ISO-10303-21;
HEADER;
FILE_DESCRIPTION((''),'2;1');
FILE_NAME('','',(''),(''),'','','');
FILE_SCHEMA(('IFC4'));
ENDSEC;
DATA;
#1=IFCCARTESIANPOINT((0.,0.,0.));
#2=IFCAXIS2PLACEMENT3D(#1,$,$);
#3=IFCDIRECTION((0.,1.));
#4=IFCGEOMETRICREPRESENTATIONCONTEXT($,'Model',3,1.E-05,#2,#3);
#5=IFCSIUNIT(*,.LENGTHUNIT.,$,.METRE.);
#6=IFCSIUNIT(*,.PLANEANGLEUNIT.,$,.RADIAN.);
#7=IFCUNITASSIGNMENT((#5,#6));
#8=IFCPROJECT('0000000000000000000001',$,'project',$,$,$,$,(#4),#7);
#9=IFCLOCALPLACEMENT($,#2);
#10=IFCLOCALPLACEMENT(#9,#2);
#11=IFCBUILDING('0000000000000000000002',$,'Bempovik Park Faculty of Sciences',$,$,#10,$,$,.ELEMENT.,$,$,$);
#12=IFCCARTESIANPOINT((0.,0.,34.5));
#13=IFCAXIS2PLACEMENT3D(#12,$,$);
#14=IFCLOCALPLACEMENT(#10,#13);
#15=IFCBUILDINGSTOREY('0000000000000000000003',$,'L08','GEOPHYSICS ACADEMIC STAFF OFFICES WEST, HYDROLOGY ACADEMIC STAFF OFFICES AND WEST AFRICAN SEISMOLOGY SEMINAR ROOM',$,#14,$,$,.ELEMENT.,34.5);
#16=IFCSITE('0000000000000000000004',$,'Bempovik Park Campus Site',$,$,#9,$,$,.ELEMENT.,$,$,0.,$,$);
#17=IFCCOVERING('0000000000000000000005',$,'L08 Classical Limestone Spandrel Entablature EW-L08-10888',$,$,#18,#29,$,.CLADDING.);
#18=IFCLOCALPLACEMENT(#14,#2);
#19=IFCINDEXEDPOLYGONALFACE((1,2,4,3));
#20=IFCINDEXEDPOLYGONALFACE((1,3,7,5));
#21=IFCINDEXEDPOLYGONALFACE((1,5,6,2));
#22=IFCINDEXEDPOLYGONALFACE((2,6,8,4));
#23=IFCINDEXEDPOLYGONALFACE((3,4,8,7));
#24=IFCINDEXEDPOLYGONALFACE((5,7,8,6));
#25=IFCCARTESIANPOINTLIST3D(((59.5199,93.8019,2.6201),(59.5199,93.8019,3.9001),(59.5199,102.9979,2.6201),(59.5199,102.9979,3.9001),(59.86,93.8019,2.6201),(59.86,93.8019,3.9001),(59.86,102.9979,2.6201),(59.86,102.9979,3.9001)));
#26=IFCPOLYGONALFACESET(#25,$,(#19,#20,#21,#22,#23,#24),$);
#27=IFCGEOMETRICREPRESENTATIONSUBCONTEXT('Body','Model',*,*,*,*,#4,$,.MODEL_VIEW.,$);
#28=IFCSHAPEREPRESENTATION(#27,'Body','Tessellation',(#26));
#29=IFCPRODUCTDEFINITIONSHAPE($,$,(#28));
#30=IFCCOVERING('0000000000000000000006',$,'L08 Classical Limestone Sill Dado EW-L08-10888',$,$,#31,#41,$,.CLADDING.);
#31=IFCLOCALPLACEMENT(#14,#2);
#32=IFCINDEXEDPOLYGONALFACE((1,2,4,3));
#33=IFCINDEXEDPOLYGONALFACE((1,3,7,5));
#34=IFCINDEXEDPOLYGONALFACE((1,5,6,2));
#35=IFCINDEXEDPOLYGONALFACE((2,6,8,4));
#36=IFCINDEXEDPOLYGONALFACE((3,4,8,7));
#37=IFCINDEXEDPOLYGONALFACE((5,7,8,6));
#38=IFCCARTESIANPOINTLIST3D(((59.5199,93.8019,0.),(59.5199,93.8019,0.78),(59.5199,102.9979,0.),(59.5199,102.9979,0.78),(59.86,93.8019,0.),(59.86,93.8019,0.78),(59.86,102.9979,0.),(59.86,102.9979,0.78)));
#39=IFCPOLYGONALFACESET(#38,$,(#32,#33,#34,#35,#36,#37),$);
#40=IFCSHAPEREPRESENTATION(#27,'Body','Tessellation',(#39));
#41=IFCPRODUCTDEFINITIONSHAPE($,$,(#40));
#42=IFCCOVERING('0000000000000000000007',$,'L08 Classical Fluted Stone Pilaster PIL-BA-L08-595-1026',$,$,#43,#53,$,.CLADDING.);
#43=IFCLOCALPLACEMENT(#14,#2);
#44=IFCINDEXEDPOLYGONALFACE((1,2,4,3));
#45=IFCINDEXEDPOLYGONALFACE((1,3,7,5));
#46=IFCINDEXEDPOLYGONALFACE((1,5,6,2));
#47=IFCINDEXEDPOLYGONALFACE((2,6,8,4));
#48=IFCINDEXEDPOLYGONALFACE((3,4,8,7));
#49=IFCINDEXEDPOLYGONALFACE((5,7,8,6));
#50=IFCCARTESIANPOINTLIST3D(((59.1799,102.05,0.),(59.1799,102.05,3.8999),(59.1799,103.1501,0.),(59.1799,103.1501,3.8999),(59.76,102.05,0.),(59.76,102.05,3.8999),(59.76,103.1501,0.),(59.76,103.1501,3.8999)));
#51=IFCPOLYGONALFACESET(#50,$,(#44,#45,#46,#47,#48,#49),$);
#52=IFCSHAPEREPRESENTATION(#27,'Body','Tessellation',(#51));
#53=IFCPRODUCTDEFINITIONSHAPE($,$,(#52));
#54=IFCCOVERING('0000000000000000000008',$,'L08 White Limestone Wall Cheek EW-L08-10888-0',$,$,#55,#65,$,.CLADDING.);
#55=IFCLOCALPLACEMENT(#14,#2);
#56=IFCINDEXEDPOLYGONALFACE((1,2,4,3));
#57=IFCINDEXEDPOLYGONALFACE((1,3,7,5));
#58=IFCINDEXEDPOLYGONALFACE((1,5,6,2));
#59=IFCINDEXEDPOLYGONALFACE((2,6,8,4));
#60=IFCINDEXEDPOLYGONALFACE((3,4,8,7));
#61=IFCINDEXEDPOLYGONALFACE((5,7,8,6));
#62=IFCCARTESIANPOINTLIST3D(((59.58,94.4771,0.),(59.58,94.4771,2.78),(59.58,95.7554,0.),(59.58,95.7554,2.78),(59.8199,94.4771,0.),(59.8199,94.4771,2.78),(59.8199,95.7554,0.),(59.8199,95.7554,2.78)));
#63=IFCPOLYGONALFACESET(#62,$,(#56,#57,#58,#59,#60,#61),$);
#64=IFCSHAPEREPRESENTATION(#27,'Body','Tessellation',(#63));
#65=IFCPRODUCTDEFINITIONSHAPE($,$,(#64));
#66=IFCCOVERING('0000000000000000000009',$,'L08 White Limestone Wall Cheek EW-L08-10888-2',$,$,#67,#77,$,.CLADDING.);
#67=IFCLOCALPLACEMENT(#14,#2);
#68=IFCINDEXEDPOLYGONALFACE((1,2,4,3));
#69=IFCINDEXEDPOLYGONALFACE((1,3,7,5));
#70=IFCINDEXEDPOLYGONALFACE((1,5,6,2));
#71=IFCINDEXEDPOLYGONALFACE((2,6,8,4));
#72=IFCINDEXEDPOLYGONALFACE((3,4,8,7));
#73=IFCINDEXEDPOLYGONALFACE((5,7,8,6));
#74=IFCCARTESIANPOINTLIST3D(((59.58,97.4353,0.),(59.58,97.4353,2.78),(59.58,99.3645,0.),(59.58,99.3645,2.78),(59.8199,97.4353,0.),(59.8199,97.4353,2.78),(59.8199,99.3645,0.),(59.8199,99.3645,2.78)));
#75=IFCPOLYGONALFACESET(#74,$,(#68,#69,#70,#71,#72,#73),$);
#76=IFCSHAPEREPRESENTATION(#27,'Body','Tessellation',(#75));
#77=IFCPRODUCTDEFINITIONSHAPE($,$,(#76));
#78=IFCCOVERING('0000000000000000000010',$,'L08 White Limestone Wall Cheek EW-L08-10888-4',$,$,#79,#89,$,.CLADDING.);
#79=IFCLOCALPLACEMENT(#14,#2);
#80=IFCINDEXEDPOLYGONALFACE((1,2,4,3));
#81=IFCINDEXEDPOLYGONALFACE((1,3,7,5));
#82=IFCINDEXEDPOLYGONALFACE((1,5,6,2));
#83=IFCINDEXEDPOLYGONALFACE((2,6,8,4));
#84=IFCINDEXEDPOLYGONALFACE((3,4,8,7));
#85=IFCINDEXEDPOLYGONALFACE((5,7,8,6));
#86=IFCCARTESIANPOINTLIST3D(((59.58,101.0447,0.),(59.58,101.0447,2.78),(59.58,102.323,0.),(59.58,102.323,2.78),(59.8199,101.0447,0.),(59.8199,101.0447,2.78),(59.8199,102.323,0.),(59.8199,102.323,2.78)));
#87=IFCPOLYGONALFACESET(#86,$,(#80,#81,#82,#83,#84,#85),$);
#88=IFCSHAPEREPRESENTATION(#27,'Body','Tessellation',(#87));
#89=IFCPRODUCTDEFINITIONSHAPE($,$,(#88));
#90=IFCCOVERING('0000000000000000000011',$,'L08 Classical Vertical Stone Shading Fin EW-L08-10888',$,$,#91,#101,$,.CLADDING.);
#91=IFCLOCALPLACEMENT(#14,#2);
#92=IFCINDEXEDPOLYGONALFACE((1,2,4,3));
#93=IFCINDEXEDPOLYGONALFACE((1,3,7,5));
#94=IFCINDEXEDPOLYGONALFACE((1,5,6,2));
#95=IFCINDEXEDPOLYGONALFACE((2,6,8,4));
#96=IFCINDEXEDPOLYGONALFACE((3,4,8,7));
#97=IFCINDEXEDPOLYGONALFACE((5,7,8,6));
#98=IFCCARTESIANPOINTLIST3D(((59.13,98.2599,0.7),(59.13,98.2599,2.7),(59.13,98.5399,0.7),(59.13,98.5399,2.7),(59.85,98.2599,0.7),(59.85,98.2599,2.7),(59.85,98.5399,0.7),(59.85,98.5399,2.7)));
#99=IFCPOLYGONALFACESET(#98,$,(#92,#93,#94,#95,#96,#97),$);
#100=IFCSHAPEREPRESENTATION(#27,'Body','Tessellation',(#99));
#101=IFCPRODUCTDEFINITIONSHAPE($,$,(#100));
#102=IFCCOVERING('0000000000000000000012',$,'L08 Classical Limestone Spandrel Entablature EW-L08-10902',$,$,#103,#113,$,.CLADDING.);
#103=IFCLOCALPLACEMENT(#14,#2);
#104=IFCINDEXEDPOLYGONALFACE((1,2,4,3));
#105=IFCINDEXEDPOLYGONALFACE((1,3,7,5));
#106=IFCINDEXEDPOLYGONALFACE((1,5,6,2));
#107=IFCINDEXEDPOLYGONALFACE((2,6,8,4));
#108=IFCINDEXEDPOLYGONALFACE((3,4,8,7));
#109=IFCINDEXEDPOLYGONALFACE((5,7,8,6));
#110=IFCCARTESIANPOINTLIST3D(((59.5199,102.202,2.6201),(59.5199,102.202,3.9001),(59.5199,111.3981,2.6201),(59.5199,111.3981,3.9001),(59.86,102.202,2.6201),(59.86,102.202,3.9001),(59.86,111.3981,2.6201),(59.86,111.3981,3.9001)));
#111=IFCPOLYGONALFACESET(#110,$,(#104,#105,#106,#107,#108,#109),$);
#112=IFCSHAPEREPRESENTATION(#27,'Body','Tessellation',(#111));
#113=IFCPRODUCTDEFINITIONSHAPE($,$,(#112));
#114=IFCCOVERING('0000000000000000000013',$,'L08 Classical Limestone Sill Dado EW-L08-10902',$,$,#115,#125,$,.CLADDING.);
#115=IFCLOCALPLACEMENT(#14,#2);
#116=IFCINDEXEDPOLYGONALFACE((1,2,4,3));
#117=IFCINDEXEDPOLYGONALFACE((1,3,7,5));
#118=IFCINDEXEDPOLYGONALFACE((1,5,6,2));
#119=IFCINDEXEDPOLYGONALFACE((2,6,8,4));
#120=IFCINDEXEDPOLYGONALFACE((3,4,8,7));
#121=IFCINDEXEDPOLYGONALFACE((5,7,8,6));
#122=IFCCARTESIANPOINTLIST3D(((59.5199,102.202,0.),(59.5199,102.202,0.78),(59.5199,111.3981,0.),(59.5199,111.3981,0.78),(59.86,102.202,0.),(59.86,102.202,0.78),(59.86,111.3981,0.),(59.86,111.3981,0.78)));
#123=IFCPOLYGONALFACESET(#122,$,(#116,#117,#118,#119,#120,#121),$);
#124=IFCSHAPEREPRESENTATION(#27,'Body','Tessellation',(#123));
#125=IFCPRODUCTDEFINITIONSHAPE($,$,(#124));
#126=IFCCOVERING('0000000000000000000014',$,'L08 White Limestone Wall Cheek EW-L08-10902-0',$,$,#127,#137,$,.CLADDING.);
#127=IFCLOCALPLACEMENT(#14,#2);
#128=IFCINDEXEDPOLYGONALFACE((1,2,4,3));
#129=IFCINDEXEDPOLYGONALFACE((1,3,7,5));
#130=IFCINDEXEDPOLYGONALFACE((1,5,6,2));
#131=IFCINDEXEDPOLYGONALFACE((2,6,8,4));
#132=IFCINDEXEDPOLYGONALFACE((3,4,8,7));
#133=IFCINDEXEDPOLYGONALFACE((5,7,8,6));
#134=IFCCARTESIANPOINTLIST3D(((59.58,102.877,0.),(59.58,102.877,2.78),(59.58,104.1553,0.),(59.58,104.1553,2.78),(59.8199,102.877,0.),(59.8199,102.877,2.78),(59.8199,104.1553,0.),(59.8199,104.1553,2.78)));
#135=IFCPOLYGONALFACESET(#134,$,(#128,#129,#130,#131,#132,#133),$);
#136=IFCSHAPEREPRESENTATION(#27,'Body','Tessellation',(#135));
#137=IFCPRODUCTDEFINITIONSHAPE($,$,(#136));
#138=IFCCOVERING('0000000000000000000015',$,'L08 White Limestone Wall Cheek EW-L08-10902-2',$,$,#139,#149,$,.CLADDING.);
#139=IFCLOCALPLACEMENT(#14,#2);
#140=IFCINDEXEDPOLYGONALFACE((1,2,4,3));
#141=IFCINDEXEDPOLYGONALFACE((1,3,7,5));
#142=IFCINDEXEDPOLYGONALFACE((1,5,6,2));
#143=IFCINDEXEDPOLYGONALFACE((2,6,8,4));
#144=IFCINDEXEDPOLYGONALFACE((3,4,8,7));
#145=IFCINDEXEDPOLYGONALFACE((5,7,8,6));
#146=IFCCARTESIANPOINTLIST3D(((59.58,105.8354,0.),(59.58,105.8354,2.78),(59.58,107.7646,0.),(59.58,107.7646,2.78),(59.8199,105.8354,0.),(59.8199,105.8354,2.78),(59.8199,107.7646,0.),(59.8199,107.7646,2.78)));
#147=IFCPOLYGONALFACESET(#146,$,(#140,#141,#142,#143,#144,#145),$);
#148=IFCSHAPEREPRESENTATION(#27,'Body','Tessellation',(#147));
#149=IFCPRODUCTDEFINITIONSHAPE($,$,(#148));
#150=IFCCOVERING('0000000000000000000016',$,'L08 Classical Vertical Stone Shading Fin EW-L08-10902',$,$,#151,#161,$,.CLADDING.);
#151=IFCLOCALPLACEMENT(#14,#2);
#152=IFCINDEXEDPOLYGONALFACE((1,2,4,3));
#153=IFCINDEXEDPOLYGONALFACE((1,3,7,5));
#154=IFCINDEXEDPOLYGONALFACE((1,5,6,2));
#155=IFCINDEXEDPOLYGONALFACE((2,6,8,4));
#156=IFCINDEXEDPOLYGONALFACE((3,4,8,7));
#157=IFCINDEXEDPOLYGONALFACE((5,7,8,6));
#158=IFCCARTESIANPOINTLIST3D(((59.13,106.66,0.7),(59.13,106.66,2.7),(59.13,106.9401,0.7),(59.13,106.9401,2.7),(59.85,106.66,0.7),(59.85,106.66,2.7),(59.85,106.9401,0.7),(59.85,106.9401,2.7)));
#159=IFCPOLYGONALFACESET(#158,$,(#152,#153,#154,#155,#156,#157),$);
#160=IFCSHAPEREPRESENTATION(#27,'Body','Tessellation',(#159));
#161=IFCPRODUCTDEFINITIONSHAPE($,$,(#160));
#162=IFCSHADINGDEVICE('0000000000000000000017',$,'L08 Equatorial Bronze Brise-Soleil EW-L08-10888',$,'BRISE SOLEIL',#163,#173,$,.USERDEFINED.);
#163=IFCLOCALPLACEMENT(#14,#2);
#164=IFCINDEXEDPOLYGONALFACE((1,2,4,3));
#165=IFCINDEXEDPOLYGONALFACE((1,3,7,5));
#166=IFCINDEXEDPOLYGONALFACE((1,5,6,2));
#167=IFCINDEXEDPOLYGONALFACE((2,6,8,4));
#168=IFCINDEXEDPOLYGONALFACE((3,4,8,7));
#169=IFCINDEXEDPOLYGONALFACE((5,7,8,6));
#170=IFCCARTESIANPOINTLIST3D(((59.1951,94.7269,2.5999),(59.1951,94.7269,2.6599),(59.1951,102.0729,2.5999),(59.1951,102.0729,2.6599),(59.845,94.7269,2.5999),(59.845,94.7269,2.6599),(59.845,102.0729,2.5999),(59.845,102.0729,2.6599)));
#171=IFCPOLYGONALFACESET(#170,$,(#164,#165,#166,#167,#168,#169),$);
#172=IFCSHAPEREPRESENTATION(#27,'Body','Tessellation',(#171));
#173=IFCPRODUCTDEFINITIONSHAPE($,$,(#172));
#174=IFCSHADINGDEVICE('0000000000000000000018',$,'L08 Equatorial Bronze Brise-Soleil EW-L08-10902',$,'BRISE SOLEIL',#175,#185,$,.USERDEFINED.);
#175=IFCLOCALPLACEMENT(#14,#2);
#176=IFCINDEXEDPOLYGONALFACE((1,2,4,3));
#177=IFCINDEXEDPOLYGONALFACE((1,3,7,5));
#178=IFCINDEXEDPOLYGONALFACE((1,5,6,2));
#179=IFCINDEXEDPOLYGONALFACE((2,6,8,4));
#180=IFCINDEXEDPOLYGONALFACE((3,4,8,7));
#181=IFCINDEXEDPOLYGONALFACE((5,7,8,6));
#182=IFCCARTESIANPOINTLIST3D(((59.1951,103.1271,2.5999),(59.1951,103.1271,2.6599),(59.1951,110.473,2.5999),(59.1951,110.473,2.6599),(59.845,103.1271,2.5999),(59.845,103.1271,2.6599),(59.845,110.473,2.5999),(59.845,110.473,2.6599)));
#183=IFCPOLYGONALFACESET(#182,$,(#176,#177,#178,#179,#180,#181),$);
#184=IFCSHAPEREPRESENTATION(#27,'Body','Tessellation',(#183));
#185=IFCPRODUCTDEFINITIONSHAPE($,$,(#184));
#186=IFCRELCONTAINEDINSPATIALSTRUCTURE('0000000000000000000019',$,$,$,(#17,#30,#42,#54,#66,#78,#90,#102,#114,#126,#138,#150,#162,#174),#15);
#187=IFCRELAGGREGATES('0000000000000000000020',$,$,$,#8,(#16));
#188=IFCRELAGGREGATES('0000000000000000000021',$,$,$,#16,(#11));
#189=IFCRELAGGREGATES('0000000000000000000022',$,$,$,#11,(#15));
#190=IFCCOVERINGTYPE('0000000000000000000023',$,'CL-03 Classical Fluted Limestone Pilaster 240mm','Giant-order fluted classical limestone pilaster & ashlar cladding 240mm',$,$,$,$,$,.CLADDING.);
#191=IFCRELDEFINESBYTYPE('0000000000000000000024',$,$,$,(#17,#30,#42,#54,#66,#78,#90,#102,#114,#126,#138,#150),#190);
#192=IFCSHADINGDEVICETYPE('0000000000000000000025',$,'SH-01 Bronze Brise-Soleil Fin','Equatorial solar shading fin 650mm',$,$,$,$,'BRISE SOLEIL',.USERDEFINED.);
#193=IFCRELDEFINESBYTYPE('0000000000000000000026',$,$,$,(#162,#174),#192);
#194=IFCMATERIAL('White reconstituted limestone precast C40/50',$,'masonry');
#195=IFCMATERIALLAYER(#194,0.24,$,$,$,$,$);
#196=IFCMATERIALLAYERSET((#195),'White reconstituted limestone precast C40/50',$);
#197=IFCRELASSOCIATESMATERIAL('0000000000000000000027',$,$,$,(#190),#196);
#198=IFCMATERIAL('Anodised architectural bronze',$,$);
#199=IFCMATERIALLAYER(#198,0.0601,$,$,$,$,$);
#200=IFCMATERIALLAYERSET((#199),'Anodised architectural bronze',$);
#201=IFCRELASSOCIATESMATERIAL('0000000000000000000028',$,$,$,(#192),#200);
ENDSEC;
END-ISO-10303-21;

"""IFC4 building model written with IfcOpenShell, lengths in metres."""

from ifc_helpers import new_model, si_unit, direction, frame, origin, origin_2d, place, context, subcontext, project, spatial, rectangle, extrude, material, layer, layer_set, type_object, element, save


model = new_model("IFC4")

# Units and contexts
model_context = context("Model", 3, precision=1e-05, world=origin(), true_north=direction((0.0, 1.0)))
body_context = subcontext(model_context, "Body", "Model", "MODEL_VIEW")
ifc_project = project(units=[si_unit("LENGTHUNIT", "METRE"), si_unit("PLANEANGLEUNIT", "RADIAN")], contexts=[model_context])

# Site, building, storey
site_placement = place(None, origin())
site = spatial("IfcSite", under=ifc_project, at=site_placement, Name="Bempovik Park Campus Site", CompositionType="ELEMENT", RefElevation=0.0)
building_placement = place(site_placement, origin())
building = spatial("IfcBuilding", under=site, at=building_placement, Name="Bempovik Park Faculty of Sciences", CompositionType="ELEMENT")
storey_placement = place(building_placement, frame((0.0, 0.0, 34.5)))
storey = spatial("IfcBuildingStorey", under=building, at=storey_placement, Name="L08", Description="GEOPHYSICS ACADEMIC STAFF OFFICES WEST, HYDROLOGY ACADEMIC STAFF OFFICES AND WEST AFRICAN SEISMOLOGY SEMINAR ROOM", CompositionType="ELEMENT", Elevation=34.5)

# Coverings
ifc_material_1 = material(Name="White reconstituted limestone precast C40/50", Category="masonry")
ifc_layer_1 = layer(ifc_material_1, 0.24)
ifc_layer_set_1 = layer_set([ifc_layer_1], Name="White reconstituted limestone precast C40/50")
covering_type_1 = type_object("IfcCoveringType", Name="CL-03 Classical Fluted Limestone Pilaster 240mm", Description="Giant-order fluted classical limestone pilaster & ashlar cladding 240mm", PredefinedType="CLADDING", material=ifc_layer_set_1)
covering_1_placement = place(storey_placement, frame((59.6899, 98.3999, 2.6201), z_axis=(0.0, 0.0, 1.0), x_axis=(1.0, 0.0, 0.0)))
element("IfcCovering", 1, at=covering_1_placement, inside=storey, type_object=covering_type_1, Name="L08 Classical Limestone Spandrel Entablature EW-L08-10888", PredefinedType="CLADDING", context=body_context, shape_type="SweptSolid", body=[
    extrude(rectangle(XDim=0.3401, YDim=9.196, at=origin_2d()), origin(), (0.0, 0.0, 1.0), 1.28),
])
covering_2_placement = place(storey_placement, frame((59.6899, 98.3999, 0.0), z_axis=(0.0, 0.0, 1.0), x_axis=(1.0, 0.0, 0.0)))
element("IfcCovering", 2, at=covering_2_placement, inside=storey, type_object=covering_type_1, Name="L08 Classical Limestone Sill Dado EW-L08-10888", PredefinedType="CLADDING", context=body_context, shape_type="SweptSolid", body=[
    extrude(rectangle(XDim=0.3401, YDim=9.196, at=origin_2d()), origin(), (0.0, 0.0, 1.0), 0.78),
])
covering_3_placement = place(storey_placement, frame((59.47, 102.6001, 0.0), z_axis=(0.0, 0.0, 1.0), x_axis=(1.0, 0.0, 0.0)))
element("IfcCovering", 3, at=covering_3_placement, inside=storey, type_object=covering_type_1, Name="L08 Classical Fluted Stone Pilaster PIL-BA-L08-595-1026", PredefinedType="CLADDING", context=body_context, shape_type="SweptSolid", body=[
    extrude(rectangle(XDim=0.5801, YDim=1.1001, at=origin_2d()), origin(), (0.0, 0.0, 1.0), 3.8999),
])
covering_4_placement = place(storey_placement, frame((59.7, 95.1162, 0.0), z_axis=(0.0, 0.0, 1.0), x_axis=(1.0, 0.0, 0.0)))
element("IfcCovering", 4, at=covering_4_placement, inside=storey, type_object=covering_type_1, Name="L08 White Limestone Wall Cheek EW-L08-10888-0", PredefinedType="CLADDING", context=body_context, shape_type="SweptSolid", body=[
    extrude(rectangle(XDim=0.24, YDim=1.2783, at=origin_2d()), origin(), (0.0, 0.0, 1.0), 2.78),
])
covering_5_placement = place(storey_placement, frame((59.7, 98.3999, 0.0), z_axis=(0.0, 0.0, 1.0), x_axis=(1.0, 0.0, 0.0)))
element("IfcCovering", 5, at=covering_5_placement, inside=storey, type_object=covering_type_1, Name="L08 White Limestone Wall Cheek EW-L08-10888-2", PredefinedType="CLADDING", context=body_context, shape_type="SweptSolid", body=[
    extrude(rectangle(XDim=0.24, YDim=1.9292, at=origin_2d()), origin(), (0.0, 0.0, 1.0), 2.78),
])
covering_6_placement = place(storey_placement, frame((59.7, 101.6838, 0.0), z_axis=(0.0, 0.0, 1.0), x_axis=(1.0, 0.0, 0.0)))
element("IfcCovering", 6, at=covering_6_placement, inside=storey, type_object=covering_type_1, Name="L08 White Limestone Wall Cheek EW-L08-10888-4", PredefinedType="CLADDING", context=body_context, shape_type="SweptSolid", body=[
    extrude(rectangle(XDim=0.24, YDim=1.2783, at=origin_2d()), origin(), (0.0, 0.0, 1.0), 2.78),
])
covering_7_placement = place(storey_placement, frame((59.49, 98.3999, 0.7), z_axis=(0.0, 0.0, 1.0), x_axis=(1.0, 0.0, 0.0)))
element("IfcCovering", 7, at=covering_7_placement, inside=storey, type_object=covering_type_1, Name="L08 Classical Vertical Stone Shading Fin EW-L08-10888", PredefinedType="CLADDING", context=body_context, shape_type="SweptSolid", body=[
    extrude(rectangle(XDim=0.72, YDim=0.28, at=origin_2d()), origin(), (0.0, 0.0, 1.0), 2.0),
])
covering_8_placement = place(storey_placement, frame((59.6899, 106.8, 2.6201), z_axis=(0.0, 0.0, 1.0), x_axis=(1.0, 0.0, 0.0)))
element("IfcCovering", 8, at=covering_8_placement, inside=storey, type_object=covering_type_1, Name="L08 Classical Limestone Spandrel Entablature EW-L08-10902", PredefinedType="CLADDING", context=body_context, shape_type="SweptSolid", body=[
    extrude(rectangle(XDim=0.3401, YDim=9.196, at=origin_2d()), origin(), (0.0, 0.0, 1.0), 1.28),
])
covering_9_placement = place(storey_placement, frame((59.6899, 106.8, 0.0), z_axis=(0.0, 0.0, 1.0), x_axis=(1.0, 0.0, 0.0)))
element("IfcCovering", 9, at=covering_9_placement, inside=storey, type_object=covering_type_1, Name="L08 Classical Limestone Sill Dado EW-L08-10902", PredefinedType="CLADDING", context=body_context, shape_type="SweptSolid", body=[
    extrude(rectangle(XDim=0.3401, YDim=9.196, at=origin_2d()), origin(), (0.0, 0.0, 1.0), 0.78),
])
covering_10_placement = place(storey_placement, frame((59.7, 103.5161, 0.0), z_axis=(0.0, 0.0, 1.0), x_axis=(1.0, 0.0, 0.0)))
element("IfcCovering", 10, at=covering_10_placement, inside=storey, type_object=covering_type_1, Name="L08 White Limestone Wall Cheek EW-L08-10902-0", PredefinedType="CLADDING", context=body_context, shape_type="SweptSolid", body=[
    extrude(rectangle(XDim=0.24, YDim=1.2783, at=origin_2d()), origin(), (0.0, 0.0, 1.0), 2.78),
])
covering_11_placement = place(storey_placement, frame((59.7, 106.8, 0.0), z_axis=(0.0, 0.0, 1.0), x_axis=(1.0, 0.0, 0.0)))
element("IfcCovering", 11, at=covering_11_placement, inside=storey, type_object=covering_type_1, Name="L08 White Limestone Wall Cheek EW-L08-10902-2", PredefinedType="CLADDING", context=body_context, shape_type="SweptSolid", body=[
    extrude(rectangle(XDim=0.24, YDim=1.9292, at=origin_2d()), origin(), (0.0, 0.0, 1.0), 2.78),
])
covering_12_placement = place(storey_placement, frame((59.49, 106.8, 0.7), z_axis=(0.0, 0.0, 1.0), x_axis=(1.0, 0.0, 0.0)))
element("IfcCovering", 12, at=covering_12_placement, inside=storey, type_object=covering_type_1, Name="L08 Classical Vertical Stone Shading Fin EW-L08-10902", PredefinedType="CLADDING", context=body_context, shape_type="SweptSolid", body=[
    extrude(rectangle(XDim=0.72, YDim=0.28, at=origin_2d()), origin(), (0.0, 0.0, 1.0), 2.0),
])

# Shading devices
ifc_material_2 = material(Name="Anodised architectural bronze")
ifc_layer_2 = layer(ifc_material_2, 0.0601)
ifc_layer_set_2 = layer_set([ifc_layer_2], Name="Anodised architectural bronze")
shading_device_type = type_object("IfcShadingDeviceType", Name="SH-01 Bronze Brise-Soleil Fin", Description="Equatorial solar shading fin 650mm", ElementType="BRISE SOLEIL", PredefinedType="USERDEFINED", material=ifc_layer_set_2)
for number, where, z_axis, x_axis, name in (
    (13, (59.52, 98.3999, 2.5999), (0.0, 0.0, 1.0), (1.0, 0.0, 0.0), "L08 Equatorial Bronze Brise-Soleil EW-L08-10888"),
    (14, (59.52, 106.8, 2.5999), (0.0, 0.0, 1.0), (1.0, 0.0, 0.0), "L08 Equatorial Bronze Brise-Soleil EW-L08-10902"),
):
    element("IfcShadingDevice", number, at=place(storey_placement, frame(where, z_axis=z_axis, x_axis=x_axis)), inside=storey, type_object=shading_device_type, Name=name, ObjectType="BRISE SOLEIL", PredefinedType="USERDEFINED", context=body_context, shape_type="SweptSolid", body=[
        extrude(rectangle(XDim=0.6499, YDim=7.3459, at=origin_2d()), origin(), (0.0, 0.0, 1.0), 0.0601),
    ])

save(model, "model.ifc")
